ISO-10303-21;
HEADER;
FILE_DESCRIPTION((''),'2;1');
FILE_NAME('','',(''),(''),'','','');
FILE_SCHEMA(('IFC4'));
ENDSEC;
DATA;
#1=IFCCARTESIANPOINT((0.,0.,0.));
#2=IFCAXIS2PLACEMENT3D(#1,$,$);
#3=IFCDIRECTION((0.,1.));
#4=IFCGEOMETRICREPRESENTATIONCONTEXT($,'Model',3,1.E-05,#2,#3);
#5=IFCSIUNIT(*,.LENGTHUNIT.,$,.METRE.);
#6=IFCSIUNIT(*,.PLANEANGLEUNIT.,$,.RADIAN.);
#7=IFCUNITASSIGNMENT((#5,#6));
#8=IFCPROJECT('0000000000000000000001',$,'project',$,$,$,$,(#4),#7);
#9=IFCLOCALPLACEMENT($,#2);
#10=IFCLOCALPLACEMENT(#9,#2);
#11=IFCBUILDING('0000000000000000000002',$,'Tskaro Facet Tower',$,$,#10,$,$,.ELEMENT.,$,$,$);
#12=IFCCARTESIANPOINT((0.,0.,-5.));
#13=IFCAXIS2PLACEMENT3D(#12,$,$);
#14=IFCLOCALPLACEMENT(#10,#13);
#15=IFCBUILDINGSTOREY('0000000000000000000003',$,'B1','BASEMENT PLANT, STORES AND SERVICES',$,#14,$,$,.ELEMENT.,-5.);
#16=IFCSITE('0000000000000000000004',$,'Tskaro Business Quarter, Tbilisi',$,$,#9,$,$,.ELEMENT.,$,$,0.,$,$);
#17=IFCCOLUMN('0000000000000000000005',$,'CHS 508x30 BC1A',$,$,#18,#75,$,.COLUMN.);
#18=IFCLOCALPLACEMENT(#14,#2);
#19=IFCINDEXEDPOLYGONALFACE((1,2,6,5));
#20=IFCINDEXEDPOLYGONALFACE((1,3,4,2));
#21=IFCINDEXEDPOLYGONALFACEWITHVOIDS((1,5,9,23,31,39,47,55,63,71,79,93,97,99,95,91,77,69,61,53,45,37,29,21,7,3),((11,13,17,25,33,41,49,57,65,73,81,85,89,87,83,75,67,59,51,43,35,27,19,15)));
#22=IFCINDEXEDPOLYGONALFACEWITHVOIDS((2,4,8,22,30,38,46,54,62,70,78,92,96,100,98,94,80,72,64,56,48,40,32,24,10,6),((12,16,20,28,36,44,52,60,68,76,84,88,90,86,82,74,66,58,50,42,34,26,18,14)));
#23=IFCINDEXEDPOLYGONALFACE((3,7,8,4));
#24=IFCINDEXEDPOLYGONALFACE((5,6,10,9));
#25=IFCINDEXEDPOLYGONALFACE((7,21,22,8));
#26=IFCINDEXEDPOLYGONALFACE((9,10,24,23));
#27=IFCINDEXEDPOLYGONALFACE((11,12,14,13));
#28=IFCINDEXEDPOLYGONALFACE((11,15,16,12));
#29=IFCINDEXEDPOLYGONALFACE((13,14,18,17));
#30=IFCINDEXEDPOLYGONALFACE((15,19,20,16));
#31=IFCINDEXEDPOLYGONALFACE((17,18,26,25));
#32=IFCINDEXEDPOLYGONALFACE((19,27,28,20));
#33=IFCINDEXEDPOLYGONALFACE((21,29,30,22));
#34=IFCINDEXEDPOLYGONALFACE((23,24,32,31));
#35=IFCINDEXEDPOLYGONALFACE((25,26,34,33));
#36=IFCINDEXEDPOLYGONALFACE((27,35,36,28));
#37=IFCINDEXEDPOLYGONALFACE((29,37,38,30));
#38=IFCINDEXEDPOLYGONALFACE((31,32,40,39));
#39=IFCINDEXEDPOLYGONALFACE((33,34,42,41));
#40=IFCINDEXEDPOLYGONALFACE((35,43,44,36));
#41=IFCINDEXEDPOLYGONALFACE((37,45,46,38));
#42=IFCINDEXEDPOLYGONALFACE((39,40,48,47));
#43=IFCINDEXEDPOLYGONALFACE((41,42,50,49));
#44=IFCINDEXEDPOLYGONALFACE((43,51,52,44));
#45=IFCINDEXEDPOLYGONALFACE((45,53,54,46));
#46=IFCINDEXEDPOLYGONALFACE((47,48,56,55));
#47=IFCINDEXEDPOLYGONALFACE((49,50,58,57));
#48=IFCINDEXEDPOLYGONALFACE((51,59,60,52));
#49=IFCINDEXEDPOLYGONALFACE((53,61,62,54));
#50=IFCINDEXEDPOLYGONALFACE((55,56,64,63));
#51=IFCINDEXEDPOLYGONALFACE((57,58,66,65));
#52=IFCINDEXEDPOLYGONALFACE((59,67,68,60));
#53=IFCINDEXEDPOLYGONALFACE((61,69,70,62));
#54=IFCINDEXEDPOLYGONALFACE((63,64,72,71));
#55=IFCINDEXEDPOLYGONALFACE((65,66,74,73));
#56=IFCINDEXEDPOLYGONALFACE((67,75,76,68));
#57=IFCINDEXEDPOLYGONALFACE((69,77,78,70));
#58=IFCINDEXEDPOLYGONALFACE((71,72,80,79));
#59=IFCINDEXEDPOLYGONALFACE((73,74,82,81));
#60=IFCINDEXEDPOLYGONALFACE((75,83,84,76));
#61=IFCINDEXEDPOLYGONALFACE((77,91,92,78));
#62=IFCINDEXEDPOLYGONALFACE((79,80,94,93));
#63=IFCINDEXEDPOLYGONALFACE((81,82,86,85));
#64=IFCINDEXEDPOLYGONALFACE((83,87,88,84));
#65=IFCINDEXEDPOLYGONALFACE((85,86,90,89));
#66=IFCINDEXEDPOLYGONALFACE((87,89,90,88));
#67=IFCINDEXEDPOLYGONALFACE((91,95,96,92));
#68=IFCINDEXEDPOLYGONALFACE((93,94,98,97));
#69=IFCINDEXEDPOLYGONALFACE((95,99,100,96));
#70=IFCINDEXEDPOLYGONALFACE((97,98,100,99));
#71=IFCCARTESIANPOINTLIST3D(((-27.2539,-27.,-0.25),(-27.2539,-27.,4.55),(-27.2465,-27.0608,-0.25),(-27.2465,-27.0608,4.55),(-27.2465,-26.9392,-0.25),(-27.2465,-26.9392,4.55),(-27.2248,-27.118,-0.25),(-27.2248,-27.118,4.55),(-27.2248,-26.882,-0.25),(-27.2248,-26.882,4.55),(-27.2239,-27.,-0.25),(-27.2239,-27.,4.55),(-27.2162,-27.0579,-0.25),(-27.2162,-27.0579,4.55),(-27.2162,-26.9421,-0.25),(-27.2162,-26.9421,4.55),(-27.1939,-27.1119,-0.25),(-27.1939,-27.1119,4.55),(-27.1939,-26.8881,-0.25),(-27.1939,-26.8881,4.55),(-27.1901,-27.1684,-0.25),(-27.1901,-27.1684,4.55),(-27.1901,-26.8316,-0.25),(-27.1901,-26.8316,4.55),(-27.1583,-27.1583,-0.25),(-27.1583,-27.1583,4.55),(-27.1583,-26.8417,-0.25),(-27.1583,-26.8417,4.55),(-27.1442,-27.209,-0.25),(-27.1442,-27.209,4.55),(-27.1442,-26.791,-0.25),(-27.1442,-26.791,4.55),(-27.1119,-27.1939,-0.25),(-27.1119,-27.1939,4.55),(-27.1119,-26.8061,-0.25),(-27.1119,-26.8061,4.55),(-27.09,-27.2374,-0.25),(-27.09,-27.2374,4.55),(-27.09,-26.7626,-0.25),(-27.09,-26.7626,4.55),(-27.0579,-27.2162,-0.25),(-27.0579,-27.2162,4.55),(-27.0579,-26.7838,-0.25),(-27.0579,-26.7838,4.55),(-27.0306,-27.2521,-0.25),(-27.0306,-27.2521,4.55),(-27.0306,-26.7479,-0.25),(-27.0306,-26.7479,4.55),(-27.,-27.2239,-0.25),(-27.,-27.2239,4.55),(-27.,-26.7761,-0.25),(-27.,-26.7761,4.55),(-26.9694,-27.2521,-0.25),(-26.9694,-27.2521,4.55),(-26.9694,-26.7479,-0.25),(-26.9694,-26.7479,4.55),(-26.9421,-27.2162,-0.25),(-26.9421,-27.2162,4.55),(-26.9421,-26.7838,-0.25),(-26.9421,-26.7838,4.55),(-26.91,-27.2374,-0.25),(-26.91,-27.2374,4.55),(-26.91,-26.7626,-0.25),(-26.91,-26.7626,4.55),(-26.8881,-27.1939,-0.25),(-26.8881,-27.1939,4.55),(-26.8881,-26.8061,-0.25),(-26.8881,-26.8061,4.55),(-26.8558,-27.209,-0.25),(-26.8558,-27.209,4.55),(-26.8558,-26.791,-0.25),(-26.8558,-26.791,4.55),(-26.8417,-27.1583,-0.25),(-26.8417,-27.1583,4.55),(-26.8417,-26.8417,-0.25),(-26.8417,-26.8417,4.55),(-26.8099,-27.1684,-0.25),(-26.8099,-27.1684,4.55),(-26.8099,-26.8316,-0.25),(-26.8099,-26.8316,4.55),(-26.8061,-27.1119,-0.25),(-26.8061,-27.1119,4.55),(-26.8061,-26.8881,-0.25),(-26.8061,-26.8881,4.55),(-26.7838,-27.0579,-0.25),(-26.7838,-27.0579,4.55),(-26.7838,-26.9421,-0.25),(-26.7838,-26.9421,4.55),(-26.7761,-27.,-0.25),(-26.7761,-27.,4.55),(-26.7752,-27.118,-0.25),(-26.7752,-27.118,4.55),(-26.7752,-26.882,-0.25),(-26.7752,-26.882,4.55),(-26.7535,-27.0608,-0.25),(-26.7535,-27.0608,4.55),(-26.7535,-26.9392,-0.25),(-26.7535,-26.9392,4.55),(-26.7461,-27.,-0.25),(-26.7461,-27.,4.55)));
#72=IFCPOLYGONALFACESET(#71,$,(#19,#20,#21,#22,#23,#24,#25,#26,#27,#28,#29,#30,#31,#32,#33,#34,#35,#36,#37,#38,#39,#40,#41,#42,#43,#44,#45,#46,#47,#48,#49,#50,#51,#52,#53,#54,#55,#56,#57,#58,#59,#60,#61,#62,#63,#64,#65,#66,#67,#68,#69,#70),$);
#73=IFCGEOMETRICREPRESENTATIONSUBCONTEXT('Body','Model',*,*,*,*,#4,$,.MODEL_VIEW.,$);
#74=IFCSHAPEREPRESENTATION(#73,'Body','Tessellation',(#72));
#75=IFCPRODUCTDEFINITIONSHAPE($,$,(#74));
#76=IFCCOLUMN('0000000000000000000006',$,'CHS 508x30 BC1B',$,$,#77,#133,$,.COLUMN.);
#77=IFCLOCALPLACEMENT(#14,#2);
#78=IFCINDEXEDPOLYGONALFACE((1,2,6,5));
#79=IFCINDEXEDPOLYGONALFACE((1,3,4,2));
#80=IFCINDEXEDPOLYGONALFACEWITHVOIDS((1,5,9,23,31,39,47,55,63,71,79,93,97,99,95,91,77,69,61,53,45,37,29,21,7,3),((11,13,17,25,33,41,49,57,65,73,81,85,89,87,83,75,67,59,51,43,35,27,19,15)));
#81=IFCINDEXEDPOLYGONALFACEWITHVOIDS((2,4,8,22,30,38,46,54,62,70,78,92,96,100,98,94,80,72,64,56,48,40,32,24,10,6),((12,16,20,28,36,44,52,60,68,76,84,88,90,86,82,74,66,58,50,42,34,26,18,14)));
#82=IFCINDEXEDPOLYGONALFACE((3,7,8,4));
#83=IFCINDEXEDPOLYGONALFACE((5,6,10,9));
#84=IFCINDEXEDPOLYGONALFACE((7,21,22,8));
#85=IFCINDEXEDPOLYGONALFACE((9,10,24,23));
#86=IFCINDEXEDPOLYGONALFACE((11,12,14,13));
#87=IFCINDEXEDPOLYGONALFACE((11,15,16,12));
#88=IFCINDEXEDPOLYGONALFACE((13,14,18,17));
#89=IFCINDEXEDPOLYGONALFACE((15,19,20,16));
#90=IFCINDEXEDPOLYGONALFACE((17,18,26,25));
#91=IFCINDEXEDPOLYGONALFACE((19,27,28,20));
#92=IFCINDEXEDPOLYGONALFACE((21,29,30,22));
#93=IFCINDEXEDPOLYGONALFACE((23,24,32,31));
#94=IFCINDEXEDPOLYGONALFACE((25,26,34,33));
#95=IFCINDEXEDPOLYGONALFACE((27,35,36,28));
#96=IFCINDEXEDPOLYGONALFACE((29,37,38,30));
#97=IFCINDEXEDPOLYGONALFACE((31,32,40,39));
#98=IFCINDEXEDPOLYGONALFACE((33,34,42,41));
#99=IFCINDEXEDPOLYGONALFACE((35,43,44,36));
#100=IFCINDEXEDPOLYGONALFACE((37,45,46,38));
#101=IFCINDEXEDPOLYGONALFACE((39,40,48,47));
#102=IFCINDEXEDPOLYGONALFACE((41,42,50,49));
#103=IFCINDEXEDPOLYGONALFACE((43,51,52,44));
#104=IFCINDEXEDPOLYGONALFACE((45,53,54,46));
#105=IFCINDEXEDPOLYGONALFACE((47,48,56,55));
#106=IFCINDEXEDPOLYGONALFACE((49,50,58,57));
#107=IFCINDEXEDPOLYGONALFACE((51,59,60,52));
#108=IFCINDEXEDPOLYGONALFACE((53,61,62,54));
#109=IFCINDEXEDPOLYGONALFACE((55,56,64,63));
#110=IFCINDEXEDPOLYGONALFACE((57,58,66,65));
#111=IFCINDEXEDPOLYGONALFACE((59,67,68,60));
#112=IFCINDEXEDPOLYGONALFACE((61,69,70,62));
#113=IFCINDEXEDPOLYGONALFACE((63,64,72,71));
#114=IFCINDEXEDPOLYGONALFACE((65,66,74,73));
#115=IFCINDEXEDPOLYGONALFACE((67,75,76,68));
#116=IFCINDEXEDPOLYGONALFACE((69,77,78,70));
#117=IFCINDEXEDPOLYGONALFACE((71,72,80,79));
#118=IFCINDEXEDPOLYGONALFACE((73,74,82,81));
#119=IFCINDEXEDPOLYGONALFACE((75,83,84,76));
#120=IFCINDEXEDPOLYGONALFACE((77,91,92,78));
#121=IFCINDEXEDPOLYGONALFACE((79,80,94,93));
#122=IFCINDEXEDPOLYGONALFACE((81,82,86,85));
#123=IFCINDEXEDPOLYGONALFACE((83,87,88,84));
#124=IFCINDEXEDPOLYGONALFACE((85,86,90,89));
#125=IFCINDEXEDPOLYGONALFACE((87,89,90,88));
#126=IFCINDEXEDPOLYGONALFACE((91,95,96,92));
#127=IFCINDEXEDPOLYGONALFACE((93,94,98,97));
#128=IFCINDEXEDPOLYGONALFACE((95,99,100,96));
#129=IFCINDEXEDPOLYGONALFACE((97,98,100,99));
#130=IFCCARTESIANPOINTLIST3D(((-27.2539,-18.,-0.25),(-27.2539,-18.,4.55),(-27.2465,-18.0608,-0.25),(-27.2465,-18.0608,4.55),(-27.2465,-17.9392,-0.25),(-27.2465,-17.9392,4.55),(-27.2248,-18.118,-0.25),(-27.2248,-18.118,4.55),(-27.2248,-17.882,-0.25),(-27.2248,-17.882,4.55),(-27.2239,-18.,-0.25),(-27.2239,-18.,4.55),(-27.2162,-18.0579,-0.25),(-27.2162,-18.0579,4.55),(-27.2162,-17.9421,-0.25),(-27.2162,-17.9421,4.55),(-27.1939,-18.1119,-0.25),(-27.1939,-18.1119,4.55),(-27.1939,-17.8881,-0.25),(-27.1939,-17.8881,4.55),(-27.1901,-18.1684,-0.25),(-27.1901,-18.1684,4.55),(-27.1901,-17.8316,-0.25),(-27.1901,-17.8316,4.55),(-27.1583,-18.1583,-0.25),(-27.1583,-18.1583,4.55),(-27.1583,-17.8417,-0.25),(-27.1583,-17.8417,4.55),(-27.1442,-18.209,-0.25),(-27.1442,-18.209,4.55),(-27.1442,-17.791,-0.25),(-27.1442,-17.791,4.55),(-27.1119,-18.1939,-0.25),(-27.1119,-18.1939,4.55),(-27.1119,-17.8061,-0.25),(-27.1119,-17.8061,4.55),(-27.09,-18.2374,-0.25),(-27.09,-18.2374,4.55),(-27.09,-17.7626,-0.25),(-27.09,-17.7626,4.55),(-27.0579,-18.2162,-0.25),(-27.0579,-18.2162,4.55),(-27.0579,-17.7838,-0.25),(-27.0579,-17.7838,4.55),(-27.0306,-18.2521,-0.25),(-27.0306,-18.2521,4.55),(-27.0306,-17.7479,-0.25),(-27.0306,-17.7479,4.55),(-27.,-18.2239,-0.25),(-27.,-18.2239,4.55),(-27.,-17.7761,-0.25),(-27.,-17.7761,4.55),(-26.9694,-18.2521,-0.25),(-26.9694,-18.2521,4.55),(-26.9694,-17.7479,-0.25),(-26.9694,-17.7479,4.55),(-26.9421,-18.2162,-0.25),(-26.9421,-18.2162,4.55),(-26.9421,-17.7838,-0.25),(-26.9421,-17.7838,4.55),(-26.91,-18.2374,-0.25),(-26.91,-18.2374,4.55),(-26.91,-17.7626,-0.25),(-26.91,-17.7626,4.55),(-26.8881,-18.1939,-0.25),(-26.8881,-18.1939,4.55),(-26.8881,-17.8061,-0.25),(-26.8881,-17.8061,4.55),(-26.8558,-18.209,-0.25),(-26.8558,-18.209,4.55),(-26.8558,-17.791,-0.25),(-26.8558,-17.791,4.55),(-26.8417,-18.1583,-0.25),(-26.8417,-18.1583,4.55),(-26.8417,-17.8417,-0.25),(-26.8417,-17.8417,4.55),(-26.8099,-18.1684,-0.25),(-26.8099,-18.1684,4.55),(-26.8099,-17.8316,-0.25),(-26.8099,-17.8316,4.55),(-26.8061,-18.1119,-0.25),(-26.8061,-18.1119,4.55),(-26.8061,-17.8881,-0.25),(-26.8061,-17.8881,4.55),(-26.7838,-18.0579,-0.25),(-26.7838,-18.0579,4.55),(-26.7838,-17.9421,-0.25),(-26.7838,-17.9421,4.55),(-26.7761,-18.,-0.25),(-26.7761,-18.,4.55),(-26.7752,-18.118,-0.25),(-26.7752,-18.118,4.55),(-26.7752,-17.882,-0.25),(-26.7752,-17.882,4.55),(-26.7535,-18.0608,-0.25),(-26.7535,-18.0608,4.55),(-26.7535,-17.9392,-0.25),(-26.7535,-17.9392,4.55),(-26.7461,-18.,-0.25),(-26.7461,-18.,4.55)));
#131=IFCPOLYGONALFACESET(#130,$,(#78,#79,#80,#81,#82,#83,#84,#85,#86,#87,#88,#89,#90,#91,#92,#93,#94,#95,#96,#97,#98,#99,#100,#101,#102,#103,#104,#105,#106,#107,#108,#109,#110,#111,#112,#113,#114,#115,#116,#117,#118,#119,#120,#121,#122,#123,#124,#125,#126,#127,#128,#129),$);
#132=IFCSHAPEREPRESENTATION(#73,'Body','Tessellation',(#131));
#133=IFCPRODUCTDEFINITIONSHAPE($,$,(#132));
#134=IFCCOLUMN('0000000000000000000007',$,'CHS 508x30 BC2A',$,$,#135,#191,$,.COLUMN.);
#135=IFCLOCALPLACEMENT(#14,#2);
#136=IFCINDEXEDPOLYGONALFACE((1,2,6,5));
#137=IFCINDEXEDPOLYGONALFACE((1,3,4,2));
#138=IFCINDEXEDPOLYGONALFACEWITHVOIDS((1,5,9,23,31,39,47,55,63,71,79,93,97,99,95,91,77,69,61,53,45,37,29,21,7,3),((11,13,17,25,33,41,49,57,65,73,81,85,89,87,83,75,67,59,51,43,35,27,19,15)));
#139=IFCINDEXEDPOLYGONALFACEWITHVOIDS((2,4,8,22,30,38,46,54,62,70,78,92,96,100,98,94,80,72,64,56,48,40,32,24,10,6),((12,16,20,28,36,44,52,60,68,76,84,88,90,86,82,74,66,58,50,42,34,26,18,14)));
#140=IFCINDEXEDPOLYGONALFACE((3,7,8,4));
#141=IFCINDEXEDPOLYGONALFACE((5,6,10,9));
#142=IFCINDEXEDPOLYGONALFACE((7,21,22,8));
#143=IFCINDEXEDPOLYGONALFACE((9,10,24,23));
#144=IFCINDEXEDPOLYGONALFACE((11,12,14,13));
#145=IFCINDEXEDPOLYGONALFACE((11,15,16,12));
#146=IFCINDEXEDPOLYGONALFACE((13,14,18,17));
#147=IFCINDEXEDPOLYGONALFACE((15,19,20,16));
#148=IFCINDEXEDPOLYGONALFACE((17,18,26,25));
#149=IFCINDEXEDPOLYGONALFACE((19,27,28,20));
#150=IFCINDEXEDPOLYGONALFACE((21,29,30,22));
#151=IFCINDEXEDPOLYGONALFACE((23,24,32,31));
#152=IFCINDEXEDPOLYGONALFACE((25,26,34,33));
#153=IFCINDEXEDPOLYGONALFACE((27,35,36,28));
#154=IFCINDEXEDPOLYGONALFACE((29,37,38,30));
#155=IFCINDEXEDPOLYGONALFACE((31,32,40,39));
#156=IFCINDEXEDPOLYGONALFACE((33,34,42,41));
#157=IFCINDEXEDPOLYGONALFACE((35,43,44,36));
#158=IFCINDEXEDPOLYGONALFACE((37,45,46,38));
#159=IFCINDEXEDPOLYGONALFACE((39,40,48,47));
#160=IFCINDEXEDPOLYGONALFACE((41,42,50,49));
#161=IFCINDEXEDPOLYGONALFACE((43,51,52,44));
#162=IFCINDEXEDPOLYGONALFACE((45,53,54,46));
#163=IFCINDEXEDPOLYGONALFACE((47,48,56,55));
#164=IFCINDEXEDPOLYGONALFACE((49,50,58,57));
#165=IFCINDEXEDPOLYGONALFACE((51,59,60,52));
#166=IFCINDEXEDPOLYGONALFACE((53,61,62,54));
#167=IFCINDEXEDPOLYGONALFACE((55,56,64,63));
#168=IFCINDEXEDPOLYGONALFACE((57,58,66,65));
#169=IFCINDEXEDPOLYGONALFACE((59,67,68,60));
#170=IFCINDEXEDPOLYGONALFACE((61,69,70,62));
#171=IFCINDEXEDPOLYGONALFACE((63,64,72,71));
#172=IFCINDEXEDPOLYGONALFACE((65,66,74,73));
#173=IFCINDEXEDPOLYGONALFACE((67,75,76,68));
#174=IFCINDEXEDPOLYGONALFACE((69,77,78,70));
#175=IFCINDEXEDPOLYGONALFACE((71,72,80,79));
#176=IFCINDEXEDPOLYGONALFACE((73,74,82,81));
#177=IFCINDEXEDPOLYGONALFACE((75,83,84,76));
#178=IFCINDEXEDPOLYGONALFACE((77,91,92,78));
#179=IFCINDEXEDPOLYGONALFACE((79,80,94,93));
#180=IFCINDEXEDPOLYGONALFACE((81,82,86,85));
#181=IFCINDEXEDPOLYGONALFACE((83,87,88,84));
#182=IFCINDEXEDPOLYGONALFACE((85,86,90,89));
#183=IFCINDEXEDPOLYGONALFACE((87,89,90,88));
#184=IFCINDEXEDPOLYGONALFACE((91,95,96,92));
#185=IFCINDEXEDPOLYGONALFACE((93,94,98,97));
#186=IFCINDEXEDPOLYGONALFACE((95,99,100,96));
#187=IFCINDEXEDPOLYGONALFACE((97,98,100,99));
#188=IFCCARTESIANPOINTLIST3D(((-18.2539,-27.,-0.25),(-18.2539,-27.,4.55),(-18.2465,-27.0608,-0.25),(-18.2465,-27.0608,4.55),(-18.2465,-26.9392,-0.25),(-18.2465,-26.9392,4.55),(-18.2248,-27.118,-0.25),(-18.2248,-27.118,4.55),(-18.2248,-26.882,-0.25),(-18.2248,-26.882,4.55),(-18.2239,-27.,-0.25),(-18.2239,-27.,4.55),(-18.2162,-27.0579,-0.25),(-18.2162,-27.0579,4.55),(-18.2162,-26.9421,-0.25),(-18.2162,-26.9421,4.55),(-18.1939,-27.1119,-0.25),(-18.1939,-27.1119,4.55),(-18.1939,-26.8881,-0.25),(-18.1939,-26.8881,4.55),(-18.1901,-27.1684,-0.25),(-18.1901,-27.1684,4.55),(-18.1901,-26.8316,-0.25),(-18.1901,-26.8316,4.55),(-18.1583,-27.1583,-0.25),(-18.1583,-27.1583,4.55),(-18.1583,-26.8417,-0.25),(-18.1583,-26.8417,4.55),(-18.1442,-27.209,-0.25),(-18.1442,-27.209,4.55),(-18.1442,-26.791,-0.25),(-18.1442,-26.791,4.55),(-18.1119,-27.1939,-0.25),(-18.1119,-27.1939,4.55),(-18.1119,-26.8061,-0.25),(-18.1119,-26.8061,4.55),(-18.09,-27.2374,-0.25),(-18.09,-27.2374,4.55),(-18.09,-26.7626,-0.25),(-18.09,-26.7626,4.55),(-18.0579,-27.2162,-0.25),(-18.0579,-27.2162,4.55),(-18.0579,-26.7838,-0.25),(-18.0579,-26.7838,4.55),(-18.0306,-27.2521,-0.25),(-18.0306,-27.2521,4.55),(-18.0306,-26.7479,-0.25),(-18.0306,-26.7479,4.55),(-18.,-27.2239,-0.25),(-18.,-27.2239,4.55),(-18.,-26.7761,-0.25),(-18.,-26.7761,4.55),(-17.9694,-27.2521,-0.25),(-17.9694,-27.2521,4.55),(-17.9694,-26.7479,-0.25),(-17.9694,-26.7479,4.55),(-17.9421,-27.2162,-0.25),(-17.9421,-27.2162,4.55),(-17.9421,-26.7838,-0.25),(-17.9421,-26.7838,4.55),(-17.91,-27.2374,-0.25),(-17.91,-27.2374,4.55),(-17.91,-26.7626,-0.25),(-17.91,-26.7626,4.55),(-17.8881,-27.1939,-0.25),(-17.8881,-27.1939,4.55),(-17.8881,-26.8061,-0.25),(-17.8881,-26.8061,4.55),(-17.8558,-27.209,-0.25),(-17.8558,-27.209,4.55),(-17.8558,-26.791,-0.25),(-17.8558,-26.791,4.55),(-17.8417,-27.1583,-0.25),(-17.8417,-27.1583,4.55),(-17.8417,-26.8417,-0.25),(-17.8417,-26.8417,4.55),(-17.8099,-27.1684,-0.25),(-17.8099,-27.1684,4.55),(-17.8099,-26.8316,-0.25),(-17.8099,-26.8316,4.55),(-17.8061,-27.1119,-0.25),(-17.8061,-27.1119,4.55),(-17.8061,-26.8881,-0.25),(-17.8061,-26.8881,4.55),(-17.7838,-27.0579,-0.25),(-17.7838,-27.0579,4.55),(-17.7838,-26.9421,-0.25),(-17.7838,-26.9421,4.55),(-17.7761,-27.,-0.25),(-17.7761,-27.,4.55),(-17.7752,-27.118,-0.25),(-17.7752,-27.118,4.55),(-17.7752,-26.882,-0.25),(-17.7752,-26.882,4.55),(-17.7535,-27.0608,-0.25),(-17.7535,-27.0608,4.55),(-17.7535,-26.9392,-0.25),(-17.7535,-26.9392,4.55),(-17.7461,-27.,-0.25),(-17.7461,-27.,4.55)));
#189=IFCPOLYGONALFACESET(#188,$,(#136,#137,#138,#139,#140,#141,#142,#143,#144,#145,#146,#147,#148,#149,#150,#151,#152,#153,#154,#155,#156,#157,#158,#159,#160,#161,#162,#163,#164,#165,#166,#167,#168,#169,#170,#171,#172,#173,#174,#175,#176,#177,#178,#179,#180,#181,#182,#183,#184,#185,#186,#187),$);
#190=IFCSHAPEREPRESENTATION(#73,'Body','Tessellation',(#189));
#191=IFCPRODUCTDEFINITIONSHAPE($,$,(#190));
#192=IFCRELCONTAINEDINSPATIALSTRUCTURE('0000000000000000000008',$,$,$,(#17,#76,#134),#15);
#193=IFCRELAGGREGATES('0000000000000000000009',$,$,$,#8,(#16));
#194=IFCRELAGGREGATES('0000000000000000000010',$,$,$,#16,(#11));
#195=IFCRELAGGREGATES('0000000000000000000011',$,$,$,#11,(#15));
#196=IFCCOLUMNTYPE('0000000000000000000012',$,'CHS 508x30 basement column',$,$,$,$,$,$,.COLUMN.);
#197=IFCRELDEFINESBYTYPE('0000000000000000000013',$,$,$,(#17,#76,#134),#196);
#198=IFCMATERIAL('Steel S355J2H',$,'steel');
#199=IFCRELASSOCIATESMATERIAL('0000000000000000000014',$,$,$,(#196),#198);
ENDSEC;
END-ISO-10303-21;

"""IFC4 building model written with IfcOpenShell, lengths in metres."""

from ifc_helpers import new_model, si_unit, direction, frame, origin, origin_2d, place, context, subcontext, project, spatial, hollow_circle, extrude, material, material_profile, profile_set, type_object, element, save


model = new_model("IFC4")

# Units and contexts
model_context = context("Model", 3, precision=1e-05, world=origin(), true_north=direction((0.0, 1.0)))
body_context = subcontext(model_context, "Body", "Model", "MODEL_VIEW")
ifc_project = project(units=[si_unit("LENGTHUNIT", "METRE"), si_unit("PLANEANGLEUNIT", "RADIAN")], contexts=[model_context])

# Site, building, storey
site_placement = place(None, origin())
site = spatial("IfcSite", under=ifc_project, at=site_placement, Name="Tskaro Business Quarter, Tbilisi", CompositionType="ELEMENT", RefElevation=0.0)
building_placement = place(site_placement, origin())
building = spatial("IfcBuilding", under=site, at=building_placement, Name="Tskaro Facet Tower", CompositionType="ELEMENT")
storey_placement = place(building_placement, frame((0.0, 0.0, -5.0)))
storey = spatial("IfcBuildingStorey", under=building, at=storey_placement, Name="B1", Description="BASEMENT PLANT, STORES AND SERVICES", CompositionType="ELEMENT", Elevation=-5.0)

# Columns
ifc_material_1 = material(Name="Steel S355J2H", Category="steel")
ifc_material_profile_1 = material_profile(ifc_material_1, hollow_circle(Radius=0.2539, WallThickness=0.03, at=origin_2d()), Name="CHS 508x30")
ifc_profile_set_1 = profile_set([ifc_material_profile_1], Name="Steel S355J2H")
column_type_1 = type_object("IfcColumnType", Name="CHS 508x30 basement column", PredefinedType="COLUMN", material=ifc_profile_set_1)
for number, where, z_axis, x_axis, name in (
    (1, (-27.0, -27.0, -0.25), (0.0, 0.0, 1.0), (1.0, 0.0, 0.0), "CHS 508x30 BC1A"),
    (2, (-27.0, -18.0, -0.25), (0.0, 0.0, 1.0), (1.0, 0.0, 0.0), "CHS 508x30 BC1B"),
    (3, (-18.0, -27.0, -0.25), (0.0, 0.0, 1.0), (1.0, 0.0, 0.0), "CHS 508x30 BC2A"),
):
    element("IfcColumn", number, at=place(storey_placement, frame(where, z_axis=z_axis, x_axis=x_axis)), inside=storey, type_object=column_type_1, Name=name, PredefinedType="COLUMN", context=body_context, shape_type="SweptSolid", body=[
        extrude(hollow_circle(Radius=0.2539, WallThickness=0.03, at=origin_2d()), origin(), (0.0, 0.0, 1.0), 4.8),
    ])

save(model, "model.ifc")
